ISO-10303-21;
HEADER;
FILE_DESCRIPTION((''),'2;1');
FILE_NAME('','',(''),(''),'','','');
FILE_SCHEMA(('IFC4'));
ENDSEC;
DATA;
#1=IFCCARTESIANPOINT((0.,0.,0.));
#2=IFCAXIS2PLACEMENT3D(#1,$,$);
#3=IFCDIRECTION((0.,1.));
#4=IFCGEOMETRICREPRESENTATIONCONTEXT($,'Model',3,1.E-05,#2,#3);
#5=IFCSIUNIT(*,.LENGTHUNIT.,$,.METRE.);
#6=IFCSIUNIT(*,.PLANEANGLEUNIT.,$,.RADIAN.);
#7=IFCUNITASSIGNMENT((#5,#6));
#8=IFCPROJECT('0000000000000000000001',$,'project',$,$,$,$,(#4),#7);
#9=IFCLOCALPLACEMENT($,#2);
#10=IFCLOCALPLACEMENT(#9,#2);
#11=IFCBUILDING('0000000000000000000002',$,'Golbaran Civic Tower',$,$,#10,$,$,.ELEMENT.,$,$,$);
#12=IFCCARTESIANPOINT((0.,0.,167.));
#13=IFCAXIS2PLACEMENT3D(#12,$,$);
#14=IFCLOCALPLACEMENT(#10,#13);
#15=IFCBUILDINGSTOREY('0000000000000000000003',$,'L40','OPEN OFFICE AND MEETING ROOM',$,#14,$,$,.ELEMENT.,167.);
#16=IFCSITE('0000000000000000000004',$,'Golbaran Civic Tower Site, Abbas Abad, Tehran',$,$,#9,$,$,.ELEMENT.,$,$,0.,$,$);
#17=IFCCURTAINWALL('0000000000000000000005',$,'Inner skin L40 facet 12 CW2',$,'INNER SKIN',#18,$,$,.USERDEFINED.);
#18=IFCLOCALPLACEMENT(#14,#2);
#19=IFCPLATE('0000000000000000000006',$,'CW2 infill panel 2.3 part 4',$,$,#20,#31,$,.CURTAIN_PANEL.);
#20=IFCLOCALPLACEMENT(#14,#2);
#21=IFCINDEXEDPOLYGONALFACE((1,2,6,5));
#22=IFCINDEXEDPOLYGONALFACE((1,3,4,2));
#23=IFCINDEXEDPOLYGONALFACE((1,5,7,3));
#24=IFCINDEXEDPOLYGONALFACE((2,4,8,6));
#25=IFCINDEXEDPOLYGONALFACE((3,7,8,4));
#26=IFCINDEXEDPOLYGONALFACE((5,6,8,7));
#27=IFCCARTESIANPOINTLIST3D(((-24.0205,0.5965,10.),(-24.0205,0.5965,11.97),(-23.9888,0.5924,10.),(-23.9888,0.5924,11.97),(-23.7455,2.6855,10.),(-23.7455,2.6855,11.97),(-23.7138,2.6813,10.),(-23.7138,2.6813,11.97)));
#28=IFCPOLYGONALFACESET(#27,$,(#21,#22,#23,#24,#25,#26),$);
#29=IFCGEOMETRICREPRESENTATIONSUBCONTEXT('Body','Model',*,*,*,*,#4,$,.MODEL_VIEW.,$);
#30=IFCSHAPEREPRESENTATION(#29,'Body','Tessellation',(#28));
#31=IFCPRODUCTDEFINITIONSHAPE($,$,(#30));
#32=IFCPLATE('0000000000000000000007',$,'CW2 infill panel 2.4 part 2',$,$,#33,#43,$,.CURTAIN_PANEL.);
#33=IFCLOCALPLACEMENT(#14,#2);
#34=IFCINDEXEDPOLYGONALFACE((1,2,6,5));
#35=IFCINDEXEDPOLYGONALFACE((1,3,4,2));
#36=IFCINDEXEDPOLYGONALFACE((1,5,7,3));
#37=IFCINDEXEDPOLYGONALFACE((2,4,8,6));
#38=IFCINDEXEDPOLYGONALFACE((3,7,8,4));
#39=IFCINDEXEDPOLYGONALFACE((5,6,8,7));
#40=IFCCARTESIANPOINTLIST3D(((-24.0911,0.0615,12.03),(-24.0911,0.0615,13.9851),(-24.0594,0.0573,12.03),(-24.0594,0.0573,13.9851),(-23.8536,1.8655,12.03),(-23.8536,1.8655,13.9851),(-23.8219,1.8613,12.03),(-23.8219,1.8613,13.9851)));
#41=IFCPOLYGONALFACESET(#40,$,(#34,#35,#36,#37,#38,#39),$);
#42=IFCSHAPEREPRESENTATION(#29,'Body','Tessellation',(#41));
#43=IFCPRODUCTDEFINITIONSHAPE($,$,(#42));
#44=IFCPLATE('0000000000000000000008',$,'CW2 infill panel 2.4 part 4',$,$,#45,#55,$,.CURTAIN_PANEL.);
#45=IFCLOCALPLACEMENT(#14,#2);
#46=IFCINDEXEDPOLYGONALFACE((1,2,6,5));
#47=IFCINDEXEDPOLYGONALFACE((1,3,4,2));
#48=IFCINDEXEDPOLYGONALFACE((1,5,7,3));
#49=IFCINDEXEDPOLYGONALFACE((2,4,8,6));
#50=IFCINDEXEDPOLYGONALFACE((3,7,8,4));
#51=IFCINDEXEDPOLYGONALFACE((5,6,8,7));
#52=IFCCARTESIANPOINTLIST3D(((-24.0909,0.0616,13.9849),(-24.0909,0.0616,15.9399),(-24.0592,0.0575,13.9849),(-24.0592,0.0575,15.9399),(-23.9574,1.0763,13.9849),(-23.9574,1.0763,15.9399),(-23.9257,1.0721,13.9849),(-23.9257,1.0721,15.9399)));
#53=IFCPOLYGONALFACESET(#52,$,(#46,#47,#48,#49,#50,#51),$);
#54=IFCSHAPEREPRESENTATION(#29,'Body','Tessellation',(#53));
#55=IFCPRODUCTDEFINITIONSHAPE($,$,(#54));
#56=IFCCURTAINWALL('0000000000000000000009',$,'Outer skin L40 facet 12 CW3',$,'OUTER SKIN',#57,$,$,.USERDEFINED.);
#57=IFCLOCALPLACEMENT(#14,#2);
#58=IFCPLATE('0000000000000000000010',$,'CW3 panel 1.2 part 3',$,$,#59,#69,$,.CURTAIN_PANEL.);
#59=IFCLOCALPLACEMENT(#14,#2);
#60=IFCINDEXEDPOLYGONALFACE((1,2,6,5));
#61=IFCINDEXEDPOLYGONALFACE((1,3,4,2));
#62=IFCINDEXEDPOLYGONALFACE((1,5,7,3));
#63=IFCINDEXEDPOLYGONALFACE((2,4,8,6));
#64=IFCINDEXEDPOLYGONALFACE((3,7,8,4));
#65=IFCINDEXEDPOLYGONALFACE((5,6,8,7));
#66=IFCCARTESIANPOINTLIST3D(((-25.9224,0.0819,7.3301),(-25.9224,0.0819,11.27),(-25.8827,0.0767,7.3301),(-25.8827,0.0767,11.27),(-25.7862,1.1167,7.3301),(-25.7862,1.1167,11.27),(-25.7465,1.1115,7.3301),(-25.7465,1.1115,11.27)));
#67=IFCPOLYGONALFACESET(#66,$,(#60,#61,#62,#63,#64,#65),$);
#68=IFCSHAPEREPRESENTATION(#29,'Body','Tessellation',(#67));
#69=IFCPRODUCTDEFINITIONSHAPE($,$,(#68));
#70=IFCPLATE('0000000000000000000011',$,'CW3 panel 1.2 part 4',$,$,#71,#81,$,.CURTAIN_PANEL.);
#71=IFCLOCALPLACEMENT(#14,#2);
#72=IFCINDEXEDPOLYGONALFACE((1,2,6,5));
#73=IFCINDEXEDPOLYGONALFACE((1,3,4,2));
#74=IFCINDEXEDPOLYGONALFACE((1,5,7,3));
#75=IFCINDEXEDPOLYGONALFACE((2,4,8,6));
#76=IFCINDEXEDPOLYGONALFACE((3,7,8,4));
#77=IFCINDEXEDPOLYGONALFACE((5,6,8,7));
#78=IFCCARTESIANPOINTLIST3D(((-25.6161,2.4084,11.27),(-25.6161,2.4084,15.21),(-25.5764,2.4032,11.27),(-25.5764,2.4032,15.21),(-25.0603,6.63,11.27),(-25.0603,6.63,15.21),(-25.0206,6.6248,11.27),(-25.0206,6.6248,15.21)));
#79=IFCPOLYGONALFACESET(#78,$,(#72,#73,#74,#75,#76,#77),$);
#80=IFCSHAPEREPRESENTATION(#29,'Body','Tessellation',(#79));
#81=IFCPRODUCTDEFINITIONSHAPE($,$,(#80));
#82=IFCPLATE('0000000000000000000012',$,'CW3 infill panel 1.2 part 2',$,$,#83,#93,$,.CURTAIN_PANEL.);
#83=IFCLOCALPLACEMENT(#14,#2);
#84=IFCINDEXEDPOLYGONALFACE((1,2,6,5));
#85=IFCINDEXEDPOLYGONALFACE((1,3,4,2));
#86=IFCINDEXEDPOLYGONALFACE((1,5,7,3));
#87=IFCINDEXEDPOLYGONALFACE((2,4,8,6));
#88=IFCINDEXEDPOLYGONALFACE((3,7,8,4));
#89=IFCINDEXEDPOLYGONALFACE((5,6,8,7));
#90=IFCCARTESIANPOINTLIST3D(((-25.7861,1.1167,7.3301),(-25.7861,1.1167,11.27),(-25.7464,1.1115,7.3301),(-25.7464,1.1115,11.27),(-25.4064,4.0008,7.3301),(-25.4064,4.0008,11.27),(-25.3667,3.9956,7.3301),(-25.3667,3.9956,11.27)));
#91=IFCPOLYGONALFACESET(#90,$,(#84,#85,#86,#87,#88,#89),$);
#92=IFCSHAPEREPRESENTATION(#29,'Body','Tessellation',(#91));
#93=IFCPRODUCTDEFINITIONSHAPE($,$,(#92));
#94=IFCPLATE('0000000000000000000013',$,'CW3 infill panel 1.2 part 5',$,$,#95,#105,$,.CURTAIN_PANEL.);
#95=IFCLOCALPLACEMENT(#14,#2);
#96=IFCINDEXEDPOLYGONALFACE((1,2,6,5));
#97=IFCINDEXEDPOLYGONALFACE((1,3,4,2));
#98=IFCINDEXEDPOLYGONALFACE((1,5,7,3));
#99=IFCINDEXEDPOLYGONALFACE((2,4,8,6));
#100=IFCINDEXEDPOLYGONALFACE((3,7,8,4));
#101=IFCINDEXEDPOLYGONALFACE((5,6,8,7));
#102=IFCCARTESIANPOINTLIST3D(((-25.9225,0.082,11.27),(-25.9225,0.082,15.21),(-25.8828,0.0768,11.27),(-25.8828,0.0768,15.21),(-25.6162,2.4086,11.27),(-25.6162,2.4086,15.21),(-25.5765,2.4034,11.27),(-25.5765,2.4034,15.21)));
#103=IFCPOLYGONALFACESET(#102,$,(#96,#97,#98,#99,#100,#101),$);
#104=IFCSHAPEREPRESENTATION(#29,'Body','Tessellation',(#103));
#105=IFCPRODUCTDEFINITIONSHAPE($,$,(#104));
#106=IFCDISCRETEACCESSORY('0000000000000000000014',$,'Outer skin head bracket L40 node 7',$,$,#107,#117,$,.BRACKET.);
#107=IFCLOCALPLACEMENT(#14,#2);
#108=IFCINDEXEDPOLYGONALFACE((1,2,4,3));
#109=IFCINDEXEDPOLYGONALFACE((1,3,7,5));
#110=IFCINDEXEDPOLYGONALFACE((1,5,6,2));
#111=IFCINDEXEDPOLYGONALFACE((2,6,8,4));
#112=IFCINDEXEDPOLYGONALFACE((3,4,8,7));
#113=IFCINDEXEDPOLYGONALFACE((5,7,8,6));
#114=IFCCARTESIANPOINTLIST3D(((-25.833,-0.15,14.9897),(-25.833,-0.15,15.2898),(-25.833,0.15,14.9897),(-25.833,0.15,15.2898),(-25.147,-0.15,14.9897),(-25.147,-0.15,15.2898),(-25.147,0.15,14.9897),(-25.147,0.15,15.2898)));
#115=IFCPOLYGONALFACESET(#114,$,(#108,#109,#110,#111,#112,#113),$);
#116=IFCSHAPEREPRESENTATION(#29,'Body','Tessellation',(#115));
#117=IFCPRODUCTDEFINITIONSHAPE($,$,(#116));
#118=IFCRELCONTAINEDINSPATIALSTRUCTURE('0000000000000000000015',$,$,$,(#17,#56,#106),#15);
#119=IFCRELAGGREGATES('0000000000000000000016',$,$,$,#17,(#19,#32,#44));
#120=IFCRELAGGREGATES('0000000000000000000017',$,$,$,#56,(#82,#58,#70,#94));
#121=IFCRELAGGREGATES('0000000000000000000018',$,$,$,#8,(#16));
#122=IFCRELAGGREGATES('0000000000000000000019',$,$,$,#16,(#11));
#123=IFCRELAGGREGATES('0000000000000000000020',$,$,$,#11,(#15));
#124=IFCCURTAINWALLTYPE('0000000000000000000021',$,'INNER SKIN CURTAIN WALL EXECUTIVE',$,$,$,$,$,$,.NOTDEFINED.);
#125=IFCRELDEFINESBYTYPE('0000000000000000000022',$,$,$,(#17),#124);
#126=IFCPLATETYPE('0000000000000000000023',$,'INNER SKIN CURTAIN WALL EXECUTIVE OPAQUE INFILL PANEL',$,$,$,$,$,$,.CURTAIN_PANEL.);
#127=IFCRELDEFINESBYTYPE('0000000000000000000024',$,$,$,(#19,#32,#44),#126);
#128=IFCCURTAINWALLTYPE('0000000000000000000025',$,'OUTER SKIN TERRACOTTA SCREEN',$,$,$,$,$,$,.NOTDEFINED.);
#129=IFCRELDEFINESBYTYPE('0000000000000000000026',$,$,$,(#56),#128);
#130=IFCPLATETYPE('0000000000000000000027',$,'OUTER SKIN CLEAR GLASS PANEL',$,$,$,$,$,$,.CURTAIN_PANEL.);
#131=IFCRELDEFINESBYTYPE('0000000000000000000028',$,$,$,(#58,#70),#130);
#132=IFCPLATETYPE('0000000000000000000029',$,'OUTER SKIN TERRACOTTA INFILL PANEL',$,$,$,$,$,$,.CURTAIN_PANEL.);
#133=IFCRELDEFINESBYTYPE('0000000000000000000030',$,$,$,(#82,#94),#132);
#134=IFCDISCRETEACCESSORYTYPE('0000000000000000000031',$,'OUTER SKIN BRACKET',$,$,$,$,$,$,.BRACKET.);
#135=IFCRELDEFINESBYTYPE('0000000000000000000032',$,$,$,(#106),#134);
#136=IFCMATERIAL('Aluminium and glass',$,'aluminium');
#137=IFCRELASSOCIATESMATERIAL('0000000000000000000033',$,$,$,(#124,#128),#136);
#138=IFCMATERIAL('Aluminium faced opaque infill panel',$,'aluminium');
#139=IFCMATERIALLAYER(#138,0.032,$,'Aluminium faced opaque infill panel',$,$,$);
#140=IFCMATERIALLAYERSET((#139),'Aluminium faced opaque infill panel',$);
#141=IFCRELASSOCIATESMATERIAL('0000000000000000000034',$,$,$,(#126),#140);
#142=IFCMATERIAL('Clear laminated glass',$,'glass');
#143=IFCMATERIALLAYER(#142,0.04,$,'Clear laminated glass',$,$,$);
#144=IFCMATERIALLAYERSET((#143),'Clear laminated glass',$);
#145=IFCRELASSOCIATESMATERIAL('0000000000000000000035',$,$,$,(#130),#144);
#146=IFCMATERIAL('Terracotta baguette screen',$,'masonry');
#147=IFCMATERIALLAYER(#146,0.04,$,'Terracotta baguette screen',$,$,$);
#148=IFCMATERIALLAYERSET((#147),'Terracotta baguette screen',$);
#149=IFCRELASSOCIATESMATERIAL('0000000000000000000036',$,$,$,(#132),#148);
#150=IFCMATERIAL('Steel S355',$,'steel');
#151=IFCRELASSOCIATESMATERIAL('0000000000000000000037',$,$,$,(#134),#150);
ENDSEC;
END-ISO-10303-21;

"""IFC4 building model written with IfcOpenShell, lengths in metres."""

from ifc_helpers import new_model, si_unit, direction, frame, origin, origin_2d, place, context, subcontext, project, spatial, rectangle, extrude, material, layer, layer_set, type_object, element, aggregate, save


model = new_model("IFC4")

# Units and contexts
model_context = context("Model", 3, precision=1e-05, world=origin(), true_north=direction((0.0, 1.0)))
body_context = subcontext(model_context, "Body", "Model", "MODEL_VIEW")
ifc_project = project(units=[si_unit("LENGTHUNIT", "METRE"), si_unit("PLANEANGLEUNIT", "RADIAN")], contexts=[model_context])

# Site, building, storey
site_placement = place(None, origin())
site = spatial("IfcSite", under=ifc_project, at=site_placement, Name="Golbaran Civic Tower Site, Abbas Abad, Tehran", CompositionType="ELEMENT", RefElevation=0.0)
building_placement = place(site_placement, origin())
building = spatial("IfcBuilding", under=site, at=building_placement, Name="Golbaran Civic Tower", CompositionType="ELEMENT")
storey_placement = place(building_placement, frame((0.0, 0.0, 167.0)))
storey = spatial("IfcBuildingStorey", under=building, at=storey_placement, Name="L40", Description="OPEN OFFICE AND MEETING ROOM", CompositionType="ELEMENT", Elevation=167.0)

# Curtain wall, plates
ifc_material_1 = material(Name="Aluminium and glass", Category="aluminium")
curtain_wall_type_1 = type_object("IfcCurtainWallType", Name="INNER SKIN CURTAIN WALL EXECUTIVE", PredefinedType="NOTDEFINED", material=ifc_material_1)
curtain_wall_1_placement = place(storey_placement, origin())
curtain_wall_1 = element("IfcCurtainWall", 1, at=curtain_wall_1_placement, inside=storey, type_object=curtain_wall_type_1, Name="Inner skin L40 facet 12 CW2", ObjectType="INNER SKIN", PredefinedType="USERDEFINED")
ifc_material_2 = material(Name="Aluminium faced opaque infill panel", Category="aluminium")
ifc_layer_1 = layer(ifc_material_2, 0.032, Name="Aluminium faced opaque infill panel")
ifc_layer_set_1 = layer_set([ifc_layer_1], Name="Aluminium faced opaque infill panel")
plate_type_1 = type_object("IfcPlateType", Name="INNER SKIN CURTAIN WALL EXECUTIVE OPAQUE INFILL PANEL", PredefinedType="CURTAIN_PANEL", material=ifc_layer_set_1)
plate_1_placement = place(storey_placement, frame((-23.8672, 1.6389, 10.0), z_axis=(0.0, 0.0, 1.0), x_axis=(-0.130526, -0.991445, 0.0)))
plate_1 = element("IfcPlate", 2, at=plate_1_placement, type_object=plate_type_1, Name="CW2 infill panel 2.3 part 4", PredefinedType="CURTAIN_PANEL", context=body_context, shape_type="SweptSolid", body=[
    extrude(rectangle(XDim=2.1069, YDim=0.032, at=origin_2d()), origin(), (0.0, 0.0, 1.0), 1.97),
])
plate_2_placement = place(storey_placement, frame((-23.9565, 0.9614, 12.03), z_axis=(0.0, 0.0, 1.0), x_axis=(-0.130526, -0.991445, 0.0)))
plate_2 = element("IfcPlate", 3, at=plate_2_placement, type_object=plate_type_1, Name="CW2 infill panel 2.4 part 2", PredefinedType="CURTAIN_PANEL", context=body_context, shape_type="SweptSolid", body=[
    extrude(rectangle(XDim=1.8196, YDim=0.032, at=origin_2d()), origin(), (0.0, 0.0, 1.0), 1.9551),
])
plate_3_placement = place(storey_placement, frame((-24.0083, 0.5669, 13.9849), z_axis=(0.0, 0.0, 1.0), x_axis=(-0.130526, -0.991445, 0.0)))
plate_3 = element("IfcPlate", 4, at=plate_3_placement, type_object=plate_type_1, Name="CW2 infill panel 2.4 part 4", PredefinedType="CURTAIN_PANEL", context=body_context, shape_type="SweptSolid", body=[
    extrude(rectangle(XDim=1.0234, YDim=0.032, at=origin_2d()), origin(), (0.0, 0.0, 1.0), 1.9551),
])
aggregate(curtain_wall_1, [plate_1, plate_2, plate_3])

# Curtain wall, plates
curtain_wall_type_2 = type_object("IfcCurtainWallType", Name="OUTER SKIN TERRACOTTA SCREEN", PredefinedType="NOTDEFINED", material=ifc_material_1)
curtain_wall_2_placement = place(storey_placement, origin())
curtain_wall_2 = element("IfcCurtainWall", 5, at=curtain_wall_2_placement, inside=storey, type_object=curtain_wall_type_2, Name="Outer skin L40 facet 12 CW3", ObjectType="OUTER SKIN", PredefinedType="USERDEFINED")
ifc_material_3 = material(Name="Clear laminated glass", Category="glass")
ifc_layer_2 = layer(ifc_material_3, 0.04, Name="Clear laminated glass")
ifc_layer_set_2 = layer_set([ifc_layer_2], Name="Clear laminated glass")
plate_type_2 = type_object("IfcPlateType", Name="OUTER SKIN CLEAR GLASS PANEL", PredefinedType="CURTAIN_PANEL", material=ifc_layer_set_2)
plate_4_placement = place(storey_placement, frame((-25.8345, 0.5967, 7.3301), z_axis=(0.0, 0.0, 1.0), x_axis=(-0.130526, -0.991445, 0.0)))
plate_4 = element("IfcPlate", 6, at=plate_4_placement, type_object=plate_type_2, Name="CW3 panel 1.2 part 3", PredefinedType="CURTAIN_PANEL", context=body_context, shape_type="SweptSolid", body=[
    extrude(rectangle(XDim=1.0437, YDim=0.04, at=origin_2d()), origin(), (0.0, 0.0, 1.0), 3.9399),
])
plate_5_placement = place(storey_placement, frame((-25.3184, 4.5166, 11.27), z_axis=(0.0, 0.0, 1.0), x_axis=(-0.130526, -0.991445, 0.0)))
plate_5 = element("IfcPlate", 7, at=plate_5_placement, type_object=plate_type_2, Name="CW3 panel 1.2 part 4", PredefinedType="CURTAIN_PANEL", context=body_context, shape_type="SweptSolid", body=[
    extrude(rectangle(XDim=4.2581, YDim=0.04, at=origin_2d()), origin(), (0.0, 0.0, 1.0), 3.9399),
])
ifc_material_4 = material(Name="Terracotta baguette screen", Category="masonry")
ifc_layer_3 = layer(ifc_material_4, 0.04, Name="Terracotta baguette screen")
ifc_layer_set_3 = layer_set([ifc_layer_3], Name="Terracotta baguette screen")
plate_type_3 = type_object("IfcPlateType", Name="OUTER SKIN TERRACOTTA INFILL PANEL", PredefinedType="CURTAIN_PANEL", material=ifc_layer_set_3)
plate_6_placement = place(storey_placement, frame((-25.5764, 2.5562, 7.3301), z_axis=(0.0, 0.0, 1.0), x_axis=(-0.130526, -0.991445, 0.0)))
plate_6 = element("IfcPlate", 8, at=plate_6_placement, type_object=plate_type_3, Name="CW3 infill panel 1.2 part 2", PredefinedType="CURTAIN_PANEL", context=body_context, shape_type="SweptSolid", body=[
    extrude(rectangle(XDim=2.9089, YDim=0.04, at=origin_2d()), origin(), (0.0, 0.0, 1.0), 3.9399),
])
plate_7_placement = place(storey_placement, frame((-25.7495, 1.2427, 11.27), z_axis=(0.0, 0.0, 1.0), x_axis=(-0.130526, -0.991445, 0.0)))
plate_7 = element("IfcPlate", 9, at=plate_7_placement, type_object=plate_type_3, Name="CW3 infill panel 1.2 part 5", PredefinedType="CURTAIN_PANEL", context=body_context, shape_type="SweptSolid", body=[
    extrude(rectangle(XDim=2.3467, YDim=0.04, at=origin_2d()), origin(), (0.0, 0.0, 1.0), 3.9399),
])
aggregate(curtain_wall_2, [plate_6, plate_4, plate_5, plate_7])

# Discrete accessory
ifc_material_5 = material(Name="Steel S355", Category="steel")
discrete_accessory_type = type_object("IfcDiscreteAccessoryType", Name="OUTER SKIN BRACKET", PredefinedType="BRACKET", material=ifc_material_5)
discrete_accessory_placement = place(storey_placement, frame((-25.49, 0.0, 14.9897), z_axis=(0.0, 0.0, 1.0), x_axis=(-1.0, 0.0, 0.0)))
element("IfcDiscreteAccessory", 10, at=discrete_accessory_placement, inside=storey, type_object=discrete_accessory_type, Name="Outer skin head bracket L40 node 7", PredefinedType="BRACKET", context=body_context, shape_type="SweptSolid", body=[
    extrude(rectangle(XDim=0.686, YDim=0.3, at=origin_2d()), origin(), (0.0, 0.0, 1.0), 0.3),
])

save(model, "model.ifc")
